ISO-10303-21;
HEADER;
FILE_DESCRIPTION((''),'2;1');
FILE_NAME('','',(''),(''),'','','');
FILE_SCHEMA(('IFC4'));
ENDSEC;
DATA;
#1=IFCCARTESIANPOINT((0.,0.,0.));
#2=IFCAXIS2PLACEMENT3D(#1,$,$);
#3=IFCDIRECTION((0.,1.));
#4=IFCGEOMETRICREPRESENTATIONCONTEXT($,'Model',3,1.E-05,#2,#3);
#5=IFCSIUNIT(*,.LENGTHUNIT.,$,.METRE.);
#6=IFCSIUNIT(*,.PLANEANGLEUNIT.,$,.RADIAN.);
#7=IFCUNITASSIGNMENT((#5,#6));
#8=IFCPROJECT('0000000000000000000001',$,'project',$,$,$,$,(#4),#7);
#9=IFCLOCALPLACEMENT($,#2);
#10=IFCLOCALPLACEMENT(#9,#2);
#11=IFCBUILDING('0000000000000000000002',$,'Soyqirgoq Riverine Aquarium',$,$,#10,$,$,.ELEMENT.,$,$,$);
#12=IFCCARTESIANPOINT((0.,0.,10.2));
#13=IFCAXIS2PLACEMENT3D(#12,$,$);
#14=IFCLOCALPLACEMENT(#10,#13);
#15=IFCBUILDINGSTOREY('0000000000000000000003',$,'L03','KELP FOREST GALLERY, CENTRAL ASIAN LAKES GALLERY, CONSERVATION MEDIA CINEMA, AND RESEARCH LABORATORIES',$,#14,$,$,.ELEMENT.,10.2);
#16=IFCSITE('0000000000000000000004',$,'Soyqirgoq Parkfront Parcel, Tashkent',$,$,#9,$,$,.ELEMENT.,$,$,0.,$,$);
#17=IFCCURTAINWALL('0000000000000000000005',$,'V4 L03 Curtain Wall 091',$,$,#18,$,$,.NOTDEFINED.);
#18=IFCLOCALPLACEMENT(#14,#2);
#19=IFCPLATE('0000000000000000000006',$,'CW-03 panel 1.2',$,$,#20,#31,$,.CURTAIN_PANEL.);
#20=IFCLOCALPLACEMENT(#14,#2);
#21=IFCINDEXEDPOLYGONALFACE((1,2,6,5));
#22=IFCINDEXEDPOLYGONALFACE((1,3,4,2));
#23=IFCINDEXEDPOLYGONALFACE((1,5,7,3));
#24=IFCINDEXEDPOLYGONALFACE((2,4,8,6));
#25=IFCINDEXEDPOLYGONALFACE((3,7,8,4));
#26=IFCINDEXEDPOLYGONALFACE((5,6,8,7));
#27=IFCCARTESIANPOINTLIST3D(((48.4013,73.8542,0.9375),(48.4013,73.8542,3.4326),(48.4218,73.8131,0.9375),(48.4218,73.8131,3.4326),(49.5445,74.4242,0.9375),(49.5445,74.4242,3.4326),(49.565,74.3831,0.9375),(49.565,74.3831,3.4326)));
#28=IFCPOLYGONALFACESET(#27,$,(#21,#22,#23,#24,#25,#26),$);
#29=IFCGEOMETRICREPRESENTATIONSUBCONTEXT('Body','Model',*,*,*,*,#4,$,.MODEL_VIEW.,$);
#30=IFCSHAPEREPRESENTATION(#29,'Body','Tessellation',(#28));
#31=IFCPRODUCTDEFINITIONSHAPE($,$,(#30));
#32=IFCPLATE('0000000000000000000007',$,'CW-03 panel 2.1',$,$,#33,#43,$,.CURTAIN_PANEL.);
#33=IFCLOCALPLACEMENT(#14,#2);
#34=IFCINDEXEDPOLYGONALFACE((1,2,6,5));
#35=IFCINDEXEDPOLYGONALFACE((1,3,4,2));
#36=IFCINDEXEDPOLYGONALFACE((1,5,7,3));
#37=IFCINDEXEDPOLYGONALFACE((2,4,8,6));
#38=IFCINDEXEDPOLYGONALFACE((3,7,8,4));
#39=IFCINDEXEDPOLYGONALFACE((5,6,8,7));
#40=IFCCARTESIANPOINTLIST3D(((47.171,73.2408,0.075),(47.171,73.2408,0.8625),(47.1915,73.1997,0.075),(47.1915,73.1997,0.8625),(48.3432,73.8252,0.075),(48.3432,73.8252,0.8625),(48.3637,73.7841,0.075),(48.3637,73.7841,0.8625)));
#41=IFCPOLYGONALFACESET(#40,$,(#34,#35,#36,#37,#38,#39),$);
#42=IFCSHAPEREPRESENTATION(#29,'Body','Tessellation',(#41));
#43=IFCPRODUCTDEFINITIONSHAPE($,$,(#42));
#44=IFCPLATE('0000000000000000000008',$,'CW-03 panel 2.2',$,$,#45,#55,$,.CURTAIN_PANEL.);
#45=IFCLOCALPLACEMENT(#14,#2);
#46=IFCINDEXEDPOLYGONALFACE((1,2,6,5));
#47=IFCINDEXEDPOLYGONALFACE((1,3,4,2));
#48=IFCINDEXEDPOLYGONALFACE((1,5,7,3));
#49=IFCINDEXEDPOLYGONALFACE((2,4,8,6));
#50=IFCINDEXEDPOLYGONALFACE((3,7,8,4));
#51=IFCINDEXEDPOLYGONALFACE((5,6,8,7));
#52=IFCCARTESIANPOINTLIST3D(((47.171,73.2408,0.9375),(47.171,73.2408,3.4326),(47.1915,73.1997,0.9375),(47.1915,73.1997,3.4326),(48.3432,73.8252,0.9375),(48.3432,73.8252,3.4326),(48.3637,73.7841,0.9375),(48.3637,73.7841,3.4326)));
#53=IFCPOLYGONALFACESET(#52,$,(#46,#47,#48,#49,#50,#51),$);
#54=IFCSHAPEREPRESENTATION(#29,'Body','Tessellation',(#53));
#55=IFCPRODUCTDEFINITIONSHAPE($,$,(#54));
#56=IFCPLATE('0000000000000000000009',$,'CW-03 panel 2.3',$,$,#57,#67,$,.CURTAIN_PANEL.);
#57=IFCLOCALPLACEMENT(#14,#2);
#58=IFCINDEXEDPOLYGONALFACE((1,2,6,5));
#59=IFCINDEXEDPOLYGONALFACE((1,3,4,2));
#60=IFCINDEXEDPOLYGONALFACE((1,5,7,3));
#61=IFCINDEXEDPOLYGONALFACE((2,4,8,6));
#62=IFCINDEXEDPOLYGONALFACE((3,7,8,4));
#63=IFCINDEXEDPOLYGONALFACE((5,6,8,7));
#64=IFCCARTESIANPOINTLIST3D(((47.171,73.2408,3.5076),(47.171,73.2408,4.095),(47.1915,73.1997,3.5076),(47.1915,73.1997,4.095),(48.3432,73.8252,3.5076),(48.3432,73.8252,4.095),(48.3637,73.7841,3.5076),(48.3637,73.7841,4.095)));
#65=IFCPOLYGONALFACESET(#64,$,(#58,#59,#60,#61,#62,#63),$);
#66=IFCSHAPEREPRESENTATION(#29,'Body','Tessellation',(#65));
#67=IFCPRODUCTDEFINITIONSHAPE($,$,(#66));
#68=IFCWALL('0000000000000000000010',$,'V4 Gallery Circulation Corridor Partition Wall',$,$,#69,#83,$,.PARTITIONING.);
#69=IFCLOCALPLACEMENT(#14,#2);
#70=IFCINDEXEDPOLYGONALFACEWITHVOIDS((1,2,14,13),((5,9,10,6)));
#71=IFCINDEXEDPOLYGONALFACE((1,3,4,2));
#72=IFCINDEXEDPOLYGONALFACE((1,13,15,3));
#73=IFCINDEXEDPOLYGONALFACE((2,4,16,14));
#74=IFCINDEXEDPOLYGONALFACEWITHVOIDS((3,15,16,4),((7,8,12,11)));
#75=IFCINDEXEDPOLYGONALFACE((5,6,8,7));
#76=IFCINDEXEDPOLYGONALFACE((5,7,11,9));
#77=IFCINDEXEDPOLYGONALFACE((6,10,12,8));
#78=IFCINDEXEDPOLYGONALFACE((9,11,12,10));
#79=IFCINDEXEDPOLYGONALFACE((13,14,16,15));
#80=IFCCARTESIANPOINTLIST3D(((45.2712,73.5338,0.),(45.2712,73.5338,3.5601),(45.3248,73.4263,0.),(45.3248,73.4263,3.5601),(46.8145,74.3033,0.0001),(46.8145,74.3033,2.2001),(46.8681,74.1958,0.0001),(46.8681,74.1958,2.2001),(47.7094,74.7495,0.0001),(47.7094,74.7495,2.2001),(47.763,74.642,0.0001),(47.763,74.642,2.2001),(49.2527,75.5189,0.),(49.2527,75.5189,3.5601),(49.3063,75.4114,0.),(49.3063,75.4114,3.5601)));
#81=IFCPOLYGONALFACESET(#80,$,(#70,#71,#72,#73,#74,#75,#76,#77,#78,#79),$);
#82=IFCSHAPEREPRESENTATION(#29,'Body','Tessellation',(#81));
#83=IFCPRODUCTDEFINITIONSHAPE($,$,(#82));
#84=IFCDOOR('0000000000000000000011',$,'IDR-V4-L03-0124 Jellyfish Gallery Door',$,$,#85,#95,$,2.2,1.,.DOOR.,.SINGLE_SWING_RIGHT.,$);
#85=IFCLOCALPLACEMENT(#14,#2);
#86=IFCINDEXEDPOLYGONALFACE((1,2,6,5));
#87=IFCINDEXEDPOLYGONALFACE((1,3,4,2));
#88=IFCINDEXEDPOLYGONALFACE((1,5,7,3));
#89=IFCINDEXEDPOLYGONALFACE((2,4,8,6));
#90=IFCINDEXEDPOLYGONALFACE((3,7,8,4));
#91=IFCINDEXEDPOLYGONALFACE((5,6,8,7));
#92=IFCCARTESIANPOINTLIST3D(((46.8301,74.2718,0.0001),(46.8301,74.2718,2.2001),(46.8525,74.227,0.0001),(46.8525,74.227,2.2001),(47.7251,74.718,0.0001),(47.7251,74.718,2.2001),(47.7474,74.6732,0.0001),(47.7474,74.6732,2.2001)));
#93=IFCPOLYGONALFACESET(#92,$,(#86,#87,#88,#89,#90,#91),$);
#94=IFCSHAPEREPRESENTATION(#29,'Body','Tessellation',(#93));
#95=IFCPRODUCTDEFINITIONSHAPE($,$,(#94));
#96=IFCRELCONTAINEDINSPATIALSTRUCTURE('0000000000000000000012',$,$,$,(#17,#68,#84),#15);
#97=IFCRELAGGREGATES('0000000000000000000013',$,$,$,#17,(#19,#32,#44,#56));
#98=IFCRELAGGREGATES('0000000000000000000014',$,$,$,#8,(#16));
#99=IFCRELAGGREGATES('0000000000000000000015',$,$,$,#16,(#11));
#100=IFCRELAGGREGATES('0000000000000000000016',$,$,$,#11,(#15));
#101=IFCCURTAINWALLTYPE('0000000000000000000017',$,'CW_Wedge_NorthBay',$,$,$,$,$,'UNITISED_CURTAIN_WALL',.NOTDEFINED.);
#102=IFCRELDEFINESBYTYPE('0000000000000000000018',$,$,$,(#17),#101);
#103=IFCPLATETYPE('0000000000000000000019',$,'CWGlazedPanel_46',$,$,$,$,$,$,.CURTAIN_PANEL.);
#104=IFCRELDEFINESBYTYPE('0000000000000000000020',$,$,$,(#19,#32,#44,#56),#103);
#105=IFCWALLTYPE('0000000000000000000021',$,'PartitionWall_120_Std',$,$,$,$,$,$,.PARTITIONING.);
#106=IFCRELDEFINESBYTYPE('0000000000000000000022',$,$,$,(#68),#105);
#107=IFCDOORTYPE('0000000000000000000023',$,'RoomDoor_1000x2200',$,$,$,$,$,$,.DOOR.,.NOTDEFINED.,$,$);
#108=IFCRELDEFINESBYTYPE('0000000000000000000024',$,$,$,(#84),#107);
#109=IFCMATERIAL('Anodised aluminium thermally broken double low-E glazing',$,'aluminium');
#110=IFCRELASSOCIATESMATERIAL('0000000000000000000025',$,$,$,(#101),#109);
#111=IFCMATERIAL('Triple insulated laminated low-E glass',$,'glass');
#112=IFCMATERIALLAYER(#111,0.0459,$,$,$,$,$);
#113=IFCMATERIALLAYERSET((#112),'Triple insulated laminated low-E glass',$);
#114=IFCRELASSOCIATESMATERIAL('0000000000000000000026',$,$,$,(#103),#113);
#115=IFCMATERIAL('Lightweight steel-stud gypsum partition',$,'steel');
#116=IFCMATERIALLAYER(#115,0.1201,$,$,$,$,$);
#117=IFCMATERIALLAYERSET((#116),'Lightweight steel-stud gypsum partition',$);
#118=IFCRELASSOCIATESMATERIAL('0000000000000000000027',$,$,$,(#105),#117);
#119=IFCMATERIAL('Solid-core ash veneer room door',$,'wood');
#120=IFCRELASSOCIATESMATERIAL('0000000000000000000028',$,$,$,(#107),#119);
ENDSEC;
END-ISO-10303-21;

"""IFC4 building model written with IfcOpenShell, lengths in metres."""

from ifc_helpers import new_model, si_unit, direction, frame, frame_2d, origin, origin_2d, place, context, subcontext, project, spatial, rectangle, extrude, material, layer, layer_set, type_object, element, fill, aggregate, save


model = new_model("IFC4")

# Units and contexts
model_context = context("Model", 3, precision=1e-05, world=origin(), true_north=direction((0.0, 1.0)))
body_context = subcontext(model_context, "Body", "Model", "MODEL_VIEW")
ifc_project = project(units=[si_unit("LENGTHUNIT", "METRE"), si_unit("PLANEANGLEUNIT", "RADIAN")], contexts=[model_context])

# Site, building, storey
site_placement = place(None, origin())
site = spatial("IfcSite", under=ifc_project, at=site_placement, Name="Soyqirgoq Parkfront Parcel, Tashkent", CompositionType="ELEMENT", RefElevation=0.0)
building_placement = place(site_placement, origin())
building = spatial("IfcBuilding", under=site, at=building_placement, Name="Soyqirgoq Riverine Aquarium", CompositionType="ELEMENT")
storey_placement = place(building_placement, frame((0.0, 0.0, 10.2)))
storey = spatial("IfcBuildingStorey", under=building, at=storey_placement, Name="L03", Description="KELP FOREST GALLERY, CENTRAL ASIAN LAKES GALLERY, CONSERVATION MEDIA CINEMA, AND RESEARCH LABORATORIES", CompositionType="ELEMENT", Elevation=10.2)

# Curtain wall
ifc_material_1 = material(Name="Anodised aluminium thermally broken double low-E glazing", Category="aluminium")
curtain_wall_type = type_object("IfcCurtainWallType", Name="CW_Wedge_NorthBay", ElementType="UNITISED_CURTAIN_WALL", PredefinedType="NOTDEFINED", material=ifc_material_1)
curtain_wall_placement = place(storey_placement, origin())
curtain_wall = element("IfcCurtainWall", 1, at=curtain_wall_placement, inside=storey, type_object=curtain_wall_type, Name="V4 L03 Curtain Wall 091", PredefinedType="NOTDEFINED")

# Plates
ifc_material_2 = material(Name="Triple insulated laminated low-E glass", Category="glass")
ifc_layer_1 = layer(ifc_material_2, 0.0459)
ifc_layer_set_1 = layer_set([ifc_layer_1], Name="Triple insulated laminated low-E glass")
plate_type = type_object("IfcPlateType", Name="CWGlazedPanel_46", PredefinedType="CURTAIN_PANEL", material=ifc_layer_set_1)
plate_1_placement = place(storey_placement, frame((48.9832, 74.1187, 0.9375), z_axis=(0.0, 0.0, 1.0), x_axis=(-0.894936, -0.446195, 0.0)))
plate_1 = element("IfcPlate", 2, at=plate_1_placement, type_object=plate_type, Name="CW-03 panel 1.2", PredefinedType="CURTAIN_PANEL", context=body_context, shape_type="SweptSolid", body=[
    extrude(rectangle(XDim=1.2773, YDim=0.0459, at=origin_2d()), origin(), (0.0, 0.0, 1.0), 2.4951),
])
plate_2_placement = place(storey_placement, frame((47.7673, 73.5125, 0.075), z_axis=(0.0, 0.0, 1.0), x_axis=(-0.894936, -0.446195, 0.0)))
plate_2 = element("IfcPlate", 3, at=plate_2_placement, type_object=plate_type, Name="CW-03 panel 2.1", PredefinedType="CURTAIN_PANEL", context=body_context, shape_type="SweptSolid", body=[
    extrude(rectangle(XDim=1.3098, YDim=0.0459, at=origin_2d()), origin(), (0.0, 0.0, 1.0), 0.7876),
])
plate_3_placement = place(storey_placement, frame((47.7673, 73.5125, 0.9375), z_axis=(0.0, 0.0, 1.0), x_axis=(-0.894936, -0.446195, 0.0)))
plate_3 = element("IfcPlate", 4, at=plate_3_placement, type_object=plate_type, Name="CW-03 panel 2.2", PredefinedType="CURTAIN_PANEL", context=body_context, shape_type="SweptSolid", body=[
    extrude(rectangle(XDim=1.3098, YDim=0.0459, at=origin_2d()), origin(), (0.0, 0.0, 1.0), 2.4951),
])
plate_4_placement = place(storey_placement, frame((47.7673, 73.5125, 3.5076), z_axis=(0.0, 0.0, 1.0), x_axis=(-0.894936, -0.446195, 0.0)))
plate_4 = element("IfcPlate", 5, at=plate_4_placement, type_object=plate_type, Name="CW-03 panel 2.3", PredefinedType="CURTAIN_PANEL", context=body_context, shape_type="SweptSolid", body=[
    extrude(rectangle(XDim=1.3098, YDim=0.0459, at=origin_2d()), origin(), (0.0, 0.0, 1.0), 0.5874),
])
aggregate(curtain_wall, [plate_1, plate_2, plate_3, plate_4])

# Wall, opening, door
ifc_material_3 = material(Name="Lightweight steel-stud gypsum partition", Category="steel")
ifc_layer_2 = layer(ifc_material_3, 0.1201)
ifc_layer_set_2 = layer_set([ifc_layer_2], Name="Lightweight steel-stud gypsum partition")
wall_type = type_object("IfcWallType", Name="PartitionWall_120_Std", PredefinedType="PARTITIONING", material=ifc_layer_set_2)
wall_placement = place(storey_placement, frame((45.2979, 73.48, 0.0), z_axis=(0.0, 0.0, 1.0), x_axis=(0.894931, 0.446204, 0.0)))
wall = element("IfcWall", 6, at=wall_placement, inside=storey, type_object=wall_type, Name="V4 Gallery Circulation Corridor Partition Wall", PredefinedType="PARTITIONING", context=body_context, shape_type="SweptSolid", body=[
    extrude(rectangle(XDim=4.449, YDim=0.1201, at=frame_2d((2.2246, 0.0))), origin(), (0.0, 0.0, 1.0), 3.5601),
])
opening_placement = place(wall_placement, frame((1.7246, 0.0, 0.0)))
opening = element("IfcOpeningElement", 7, at=opening_placement, cuts=wall, PredefinedType="OPENING", context=body_context, shape_type="SweptSolid", body=[
    extrude(rectangle(XDim=1.0, YDim=2.2, at=frame_2d((0.5, 1.1001))), frame((0.0, 0.0701, 0.0), z_axis=(0.0, -1.0, 0.0), x_axis=(1.0, 0.0, 0.0)), (0.0, 0.0, 1.0), 0.1401),
])
ifc_material_4 = material(Name="Solid-core ash veneer room door", Category="wood")
door_type = type_object("IfcDoorType", Name="RoomDoor_1000x2200", OperationType="NOTDEFINED", PredefinedType="DOOR", material=ifc_material_4)
door_placement = place(opening_placement, origin())
door = element("IfcDoor", 8, at=door_placement, inside=storey, type_object=door_type, Name="IDR-V4-L03-0124 Jellyfish Gallery Door", OperationType="SINGLE_SWING_RIGHT", OverallHeight=2.2, OverallWidth=1.0, PredefinedType="DOOR", context=body_context, shape_type="SweptSolid", body=[
    extrude(rectangle(XDim=1.0, YDim=2.2, at=frame_2d((0.5, 1.1001))), frame((0.0, 0.0249, 0.0), z_axis=(0.0, -1.0, 0.0), x_axis=(1.0, 0.0, 0.0)), (0.0, 0.0, 1.0), 0.05),
])
fill(opening, door)

save(model, "model.ifc")
